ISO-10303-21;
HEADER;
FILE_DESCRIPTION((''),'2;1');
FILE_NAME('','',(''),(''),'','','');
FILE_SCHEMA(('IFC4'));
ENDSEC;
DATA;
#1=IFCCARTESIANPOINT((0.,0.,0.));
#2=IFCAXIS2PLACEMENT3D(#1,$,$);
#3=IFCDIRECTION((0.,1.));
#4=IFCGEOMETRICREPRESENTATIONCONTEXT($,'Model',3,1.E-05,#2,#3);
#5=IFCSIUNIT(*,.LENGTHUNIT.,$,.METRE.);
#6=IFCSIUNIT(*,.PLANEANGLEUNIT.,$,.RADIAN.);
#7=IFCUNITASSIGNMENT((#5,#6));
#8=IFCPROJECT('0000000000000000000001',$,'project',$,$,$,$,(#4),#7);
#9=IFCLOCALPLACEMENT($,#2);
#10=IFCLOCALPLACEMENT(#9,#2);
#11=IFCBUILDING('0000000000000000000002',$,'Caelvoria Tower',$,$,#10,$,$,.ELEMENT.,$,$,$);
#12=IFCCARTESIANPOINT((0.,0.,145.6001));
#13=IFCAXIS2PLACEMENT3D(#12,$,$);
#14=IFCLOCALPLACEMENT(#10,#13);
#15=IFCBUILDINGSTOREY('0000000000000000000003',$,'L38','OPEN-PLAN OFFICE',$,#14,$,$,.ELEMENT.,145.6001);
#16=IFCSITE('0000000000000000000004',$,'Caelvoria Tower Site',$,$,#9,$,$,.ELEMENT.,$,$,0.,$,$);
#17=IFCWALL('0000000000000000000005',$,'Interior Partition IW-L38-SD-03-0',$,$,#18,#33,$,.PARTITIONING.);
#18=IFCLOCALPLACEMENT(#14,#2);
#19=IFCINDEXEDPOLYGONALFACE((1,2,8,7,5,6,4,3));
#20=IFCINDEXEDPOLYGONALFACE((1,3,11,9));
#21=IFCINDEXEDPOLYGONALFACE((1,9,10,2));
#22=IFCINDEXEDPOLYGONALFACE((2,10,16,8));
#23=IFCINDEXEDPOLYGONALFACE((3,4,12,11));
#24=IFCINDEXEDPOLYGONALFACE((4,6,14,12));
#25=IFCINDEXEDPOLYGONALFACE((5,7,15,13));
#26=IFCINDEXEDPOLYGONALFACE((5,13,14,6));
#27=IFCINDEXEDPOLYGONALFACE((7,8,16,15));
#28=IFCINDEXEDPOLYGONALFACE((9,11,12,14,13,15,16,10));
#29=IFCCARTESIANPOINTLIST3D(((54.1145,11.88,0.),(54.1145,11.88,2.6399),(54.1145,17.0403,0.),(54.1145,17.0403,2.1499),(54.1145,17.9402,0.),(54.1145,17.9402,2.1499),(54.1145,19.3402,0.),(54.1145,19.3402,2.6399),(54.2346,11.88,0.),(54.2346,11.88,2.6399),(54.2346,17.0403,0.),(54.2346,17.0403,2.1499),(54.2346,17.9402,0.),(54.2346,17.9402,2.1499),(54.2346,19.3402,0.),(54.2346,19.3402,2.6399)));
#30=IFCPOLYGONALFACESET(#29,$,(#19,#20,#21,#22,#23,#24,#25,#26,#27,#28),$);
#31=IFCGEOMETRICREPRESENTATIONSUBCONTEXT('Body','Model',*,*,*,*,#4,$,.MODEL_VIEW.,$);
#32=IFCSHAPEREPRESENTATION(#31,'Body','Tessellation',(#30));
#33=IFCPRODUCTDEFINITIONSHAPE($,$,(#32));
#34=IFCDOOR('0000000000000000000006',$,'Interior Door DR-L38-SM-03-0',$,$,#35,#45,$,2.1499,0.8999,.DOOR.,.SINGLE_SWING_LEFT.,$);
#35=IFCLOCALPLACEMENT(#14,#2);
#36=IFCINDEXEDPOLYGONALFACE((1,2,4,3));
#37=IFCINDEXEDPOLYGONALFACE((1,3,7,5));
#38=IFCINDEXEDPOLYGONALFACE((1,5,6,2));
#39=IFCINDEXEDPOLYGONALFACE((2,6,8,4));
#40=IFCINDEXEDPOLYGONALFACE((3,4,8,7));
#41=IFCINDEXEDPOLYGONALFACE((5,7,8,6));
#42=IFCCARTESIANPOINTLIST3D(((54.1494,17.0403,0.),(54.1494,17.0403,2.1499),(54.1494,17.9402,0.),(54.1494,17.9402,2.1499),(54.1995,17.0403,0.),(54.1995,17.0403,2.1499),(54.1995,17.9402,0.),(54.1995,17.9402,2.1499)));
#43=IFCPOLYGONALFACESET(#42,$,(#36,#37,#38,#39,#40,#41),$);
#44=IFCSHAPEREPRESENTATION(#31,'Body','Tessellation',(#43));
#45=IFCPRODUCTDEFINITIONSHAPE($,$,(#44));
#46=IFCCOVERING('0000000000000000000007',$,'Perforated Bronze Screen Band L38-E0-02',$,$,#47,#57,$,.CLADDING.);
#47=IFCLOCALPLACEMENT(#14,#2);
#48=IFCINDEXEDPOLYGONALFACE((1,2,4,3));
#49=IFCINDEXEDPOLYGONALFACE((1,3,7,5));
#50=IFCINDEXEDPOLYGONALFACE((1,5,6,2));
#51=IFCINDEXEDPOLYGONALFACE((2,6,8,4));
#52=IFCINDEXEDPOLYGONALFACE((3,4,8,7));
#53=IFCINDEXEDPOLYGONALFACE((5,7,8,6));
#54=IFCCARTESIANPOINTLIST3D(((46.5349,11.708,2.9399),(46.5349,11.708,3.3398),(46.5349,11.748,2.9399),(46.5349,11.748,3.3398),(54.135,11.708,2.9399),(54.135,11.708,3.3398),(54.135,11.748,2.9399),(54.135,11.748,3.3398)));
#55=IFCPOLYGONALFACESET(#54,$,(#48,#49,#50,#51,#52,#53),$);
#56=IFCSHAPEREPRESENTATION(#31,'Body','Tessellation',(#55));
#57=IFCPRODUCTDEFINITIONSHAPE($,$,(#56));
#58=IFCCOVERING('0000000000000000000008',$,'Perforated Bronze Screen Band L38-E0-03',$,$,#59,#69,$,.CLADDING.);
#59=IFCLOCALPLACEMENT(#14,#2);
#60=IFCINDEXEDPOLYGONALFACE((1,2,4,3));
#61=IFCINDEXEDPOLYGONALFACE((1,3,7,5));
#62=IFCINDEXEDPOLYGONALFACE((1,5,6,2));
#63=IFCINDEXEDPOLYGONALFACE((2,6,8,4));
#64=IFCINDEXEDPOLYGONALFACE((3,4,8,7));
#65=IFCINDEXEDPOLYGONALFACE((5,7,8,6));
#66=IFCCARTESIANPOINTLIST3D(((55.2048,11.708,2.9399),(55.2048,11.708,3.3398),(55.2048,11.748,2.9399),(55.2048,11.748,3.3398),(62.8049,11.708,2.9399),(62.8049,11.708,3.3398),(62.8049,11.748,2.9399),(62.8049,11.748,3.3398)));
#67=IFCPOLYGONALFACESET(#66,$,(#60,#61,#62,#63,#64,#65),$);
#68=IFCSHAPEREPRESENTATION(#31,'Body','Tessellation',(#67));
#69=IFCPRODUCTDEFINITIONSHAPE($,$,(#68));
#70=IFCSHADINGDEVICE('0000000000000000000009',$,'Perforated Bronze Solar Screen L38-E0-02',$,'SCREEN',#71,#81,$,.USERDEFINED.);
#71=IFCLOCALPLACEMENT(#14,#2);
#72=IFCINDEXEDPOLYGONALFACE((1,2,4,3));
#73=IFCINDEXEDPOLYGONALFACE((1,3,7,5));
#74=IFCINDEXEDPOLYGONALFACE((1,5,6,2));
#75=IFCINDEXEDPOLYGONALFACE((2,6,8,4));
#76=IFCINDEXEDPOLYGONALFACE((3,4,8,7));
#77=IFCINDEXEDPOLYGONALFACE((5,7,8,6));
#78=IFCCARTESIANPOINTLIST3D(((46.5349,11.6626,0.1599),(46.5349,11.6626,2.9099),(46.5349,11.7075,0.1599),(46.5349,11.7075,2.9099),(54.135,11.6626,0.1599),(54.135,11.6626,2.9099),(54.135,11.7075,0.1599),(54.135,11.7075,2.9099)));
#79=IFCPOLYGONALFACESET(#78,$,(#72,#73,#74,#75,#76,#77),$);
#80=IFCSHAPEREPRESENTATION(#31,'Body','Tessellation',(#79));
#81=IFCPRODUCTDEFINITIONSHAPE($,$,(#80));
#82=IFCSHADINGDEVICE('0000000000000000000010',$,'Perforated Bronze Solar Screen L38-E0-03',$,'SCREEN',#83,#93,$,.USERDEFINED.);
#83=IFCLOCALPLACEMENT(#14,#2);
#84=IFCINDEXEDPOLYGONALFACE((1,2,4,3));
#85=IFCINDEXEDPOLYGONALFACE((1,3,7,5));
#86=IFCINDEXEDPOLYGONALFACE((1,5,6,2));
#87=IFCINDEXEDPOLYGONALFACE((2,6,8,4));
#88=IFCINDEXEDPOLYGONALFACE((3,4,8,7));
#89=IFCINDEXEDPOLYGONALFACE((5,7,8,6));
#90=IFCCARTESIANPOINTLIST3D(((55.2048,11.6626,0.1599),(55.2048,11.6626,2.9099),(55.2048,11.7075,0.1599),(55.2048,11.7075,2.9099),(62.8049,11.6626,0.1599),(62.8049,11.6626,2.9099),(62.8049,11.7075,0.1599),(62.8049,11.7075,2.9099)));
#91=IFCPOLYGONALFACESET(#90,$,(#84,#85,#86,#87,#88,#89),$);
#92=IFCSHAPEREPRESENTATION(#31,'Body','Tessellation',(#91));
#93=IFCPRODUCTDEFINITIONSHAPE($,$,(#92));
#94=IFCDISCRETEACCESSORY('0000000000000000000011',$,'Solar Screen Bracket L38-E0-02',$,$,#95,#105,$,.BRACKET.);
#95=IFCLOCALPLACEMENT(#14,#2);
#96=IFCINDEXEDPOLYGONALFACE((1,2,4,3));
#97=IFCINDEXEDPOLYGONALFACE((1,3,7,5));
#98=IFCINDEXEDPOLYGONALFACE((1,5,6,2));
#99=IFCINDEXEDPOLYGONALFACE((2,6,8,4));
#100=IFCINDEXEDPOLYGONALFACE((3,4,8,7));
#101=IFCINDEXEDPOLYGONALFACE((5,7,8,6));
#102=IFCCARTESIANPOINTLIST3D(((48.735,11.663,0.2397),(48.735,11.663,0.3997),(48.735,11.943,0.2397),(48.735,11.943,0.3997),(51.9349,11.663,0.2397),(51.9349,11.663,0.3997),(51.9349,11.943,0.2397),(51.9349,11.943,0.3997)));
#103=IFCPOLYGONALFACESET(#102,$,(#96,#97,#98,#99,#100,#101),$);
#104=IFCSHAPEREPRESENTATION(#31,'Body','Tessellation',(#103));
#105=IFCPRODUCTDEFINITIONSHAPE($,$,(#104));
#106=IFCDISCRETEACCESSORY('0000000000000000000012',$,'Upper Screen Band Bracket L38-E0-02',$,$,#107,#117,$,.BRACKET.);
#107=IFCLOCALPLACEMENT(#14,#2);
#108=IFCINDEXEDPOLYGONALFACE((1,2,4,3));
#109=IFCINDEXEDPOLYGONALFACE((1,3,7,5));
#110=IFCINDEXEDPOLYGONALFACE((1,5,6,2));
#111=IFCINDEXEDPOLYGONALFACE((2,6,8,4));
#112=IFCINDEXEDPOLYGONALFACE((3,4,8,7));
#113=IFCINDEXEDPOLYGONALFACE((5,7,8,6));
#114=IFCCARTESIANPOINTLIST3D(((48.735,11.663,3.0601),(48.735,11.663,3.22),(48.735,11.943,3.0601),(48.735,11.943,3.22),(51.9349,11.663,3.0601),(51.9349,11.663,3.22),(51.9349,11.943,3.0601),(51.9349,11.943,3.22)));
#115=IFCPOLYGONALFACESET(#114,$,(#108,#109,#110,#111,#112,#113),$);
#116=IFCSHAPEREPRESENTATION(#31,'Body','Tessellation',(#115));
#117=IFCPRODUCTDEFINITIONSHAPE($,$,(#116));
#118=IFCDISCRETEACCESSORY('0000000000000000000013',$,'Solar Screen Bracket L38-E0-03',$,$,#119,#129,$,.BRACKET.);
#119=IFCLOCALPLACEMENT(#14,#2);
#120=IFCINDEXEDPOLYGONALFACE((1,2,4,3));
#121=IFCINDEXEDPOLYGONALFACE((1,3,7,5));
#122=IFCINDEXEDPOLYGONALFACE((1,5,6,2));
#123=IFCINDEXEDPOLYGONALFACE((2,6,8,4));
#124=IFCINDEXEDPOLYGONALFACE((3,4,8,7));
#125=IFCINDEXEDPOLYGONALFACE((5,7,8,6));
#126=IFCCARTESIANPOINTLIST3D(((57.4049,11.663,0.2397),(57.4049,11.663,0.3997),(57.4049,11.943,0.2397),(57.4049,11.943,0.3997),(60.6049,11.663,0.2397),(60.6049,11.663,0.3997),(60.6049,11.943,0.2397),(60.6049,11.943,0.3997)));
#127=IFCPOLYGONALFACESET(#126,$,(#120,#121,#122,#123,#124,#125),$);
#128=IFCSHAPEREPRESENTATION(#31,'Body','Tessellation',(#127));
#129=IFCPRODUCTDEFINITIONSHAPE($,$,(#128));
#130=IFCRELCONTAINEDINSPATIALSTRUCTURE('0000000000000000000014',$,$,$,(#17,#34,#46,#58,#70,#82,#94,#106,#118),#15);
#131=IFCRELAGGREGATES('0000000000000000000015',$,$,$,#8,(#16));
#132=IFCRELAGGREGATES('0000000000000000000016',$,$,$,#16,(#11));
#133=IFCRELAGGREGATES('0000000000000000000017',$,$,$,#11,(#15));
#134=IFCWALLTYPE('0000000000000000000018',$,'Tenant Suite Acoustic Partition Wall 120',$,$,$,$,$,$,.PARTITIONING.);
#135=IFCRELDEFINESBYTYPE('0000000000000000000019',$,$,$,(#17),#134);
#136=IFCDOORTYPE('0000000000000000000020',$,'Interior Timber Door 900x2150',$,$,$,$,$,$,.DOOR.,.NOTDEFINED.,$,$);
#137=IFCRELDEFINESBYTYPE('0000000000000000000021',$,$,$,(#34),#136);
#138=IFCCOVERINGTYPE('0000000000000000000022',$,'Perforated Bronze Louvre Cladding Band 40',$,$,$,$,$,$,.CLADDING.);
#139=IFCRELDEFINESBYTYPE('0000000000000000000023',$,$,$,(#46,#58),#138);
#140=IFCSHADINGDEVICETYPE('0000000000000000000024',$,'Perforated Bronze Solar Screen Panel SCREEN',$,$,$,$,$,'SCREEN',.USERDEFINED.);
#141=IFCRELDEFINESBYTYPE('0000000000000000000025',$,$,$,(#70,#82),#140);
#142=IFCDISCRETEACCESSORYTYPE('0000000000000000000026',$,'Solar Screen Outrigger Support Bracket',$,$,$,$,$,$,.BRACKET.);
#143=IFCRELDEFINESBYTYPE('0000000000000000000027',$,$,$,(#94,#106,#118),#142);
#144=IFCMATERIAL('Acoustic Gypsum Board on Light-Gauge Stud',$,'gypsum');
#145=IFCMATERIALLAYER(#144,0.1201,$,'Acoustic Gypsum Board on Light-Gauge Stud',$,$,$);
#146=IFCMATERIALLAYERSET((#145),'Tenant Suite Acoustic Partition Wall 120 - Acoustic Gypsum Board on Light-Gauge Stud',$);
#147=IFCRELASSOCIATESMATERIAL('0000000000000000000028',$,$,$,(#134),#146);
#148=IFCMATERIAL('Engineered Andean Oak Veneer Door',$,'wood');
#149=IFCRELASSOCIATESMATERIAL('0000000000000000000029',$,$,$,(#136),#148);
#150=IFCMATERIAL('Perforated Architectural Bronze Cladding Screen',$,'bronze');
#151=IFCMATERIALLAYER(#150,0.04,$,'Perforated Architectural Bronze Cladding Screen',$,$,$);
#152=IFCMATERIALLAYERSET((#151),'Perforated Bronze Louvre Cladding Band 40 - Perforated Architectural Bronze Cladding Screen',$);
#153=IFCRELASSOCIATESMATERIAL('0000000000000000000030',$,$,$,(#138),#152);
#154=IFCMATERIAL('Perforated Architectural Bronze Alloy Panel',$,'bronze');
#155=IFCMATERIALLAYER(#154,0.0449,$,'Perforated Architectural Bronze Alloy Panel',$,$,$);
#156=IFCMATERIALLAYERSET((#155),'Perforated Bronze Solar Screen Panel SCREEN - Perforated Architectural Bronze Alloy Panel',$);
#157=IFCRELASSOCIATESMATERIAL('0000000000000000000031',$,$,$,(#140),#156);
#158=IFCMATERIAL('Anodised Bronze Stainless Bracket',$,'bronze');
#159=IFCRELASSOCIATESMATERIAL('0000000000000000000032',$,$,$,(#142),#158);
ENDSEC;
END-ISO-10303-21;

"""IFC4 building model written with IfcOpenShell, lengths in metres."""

from ifc_helpers import new_model, si_unit, direction, frame, frame_2d, origin, origin_2d, place, context, subcontext, project, spatial, rectangle, extrude, material, layer, layer_set, type_object, element, fill, save


model = new_model("IFC4")

# Units and contexts
model_context = context("Model", 3, precision=1e-05, world=origin(), true_north=direction((0.0, 1.0)))
body_context = subcontext(model_context, "Body", "Model", "MODEL_VIEW")
ifc_project = project(units=[si_unit("LENGTHUNIT", "METRE"), si_unit("PLANEANGLEUNIT", "RADIAN")], contexts=[model_context])

# Site, building, storey
site_placement = place(None, origin())
site = spatial("IfcSite", under=ifc_project, at=site_placement, Name="Caelvoria Tower Site", CompositionType="ELEMENT", RefElevation=0.0)
building_placement = place(site_placement, origin())
building = spatial("IfcBuilding", under=site, at=building_placement, Name="Caelvoria Tower", CompositionType="ELEMENT")
storey_placement = place(building_placement, frame((0.0, 0.0, 145.6001)))
storey = spatial("IfcBuildingStorey", under=building, at=storey_placement, Name="L38", Description="OPEN-PLAN OFFICE", CompositionType="ELEMENT", Elevation=145.6001)

# Wall, opening, door
ifc_material_1 = material(Name="Acoustic Gypsum Board on Light-Gauge Stud", Category="gypsum")
ifc_layer_1 = layer(ifc_material_1, 0.1201, Name="Acoustic Gypsum Board on Light-Gauge Stud")
ifc_layer_set_1 = layer_set([ifc_layer_1], Name="Tenant Suite Acoustic Partition Wall 120 - Acoustic Gypsum Board on Light-Gauge Stud")
wall_type_1 = type_object("IfcWallType", Name="Tenant Suite Acoustic Partition Wall 120", PredefinedType="PARTITIONING", material=ifc_layer_set_1)
ifc_material_2 = material(Name="Engineered Andean Oak Veneer Door", Category="wood")
door_type_1 = type_object("IfcDoorType", Name="Interior Timber Door 900x2150", OperationType="NOTDEFINED", PredefinedType="DOOR", material=ifc_material_2)
wall_1_placement = place(storey_placement, frame((54.1746, 19.3401, 0.0), z_axis=(0.0, 0.0, 1.0), x_axis=(0.0, -1.0, 0.0)))
wall_1 = element("IfcWall", 1, at=wall_1_placement, inside=storey, type_object=wall_type_1, Name="Interior Partition IW-L38-SD-03-0", PredefinedType="PARTITIONING", context=body_context, shape_type="SweptSolid", body=[
    extrude(rectangle(XDim=7.4602, YDim=0.1201, at=frame_2d((3.73, 0.0))), origin(), (0.0, 0.0, 1.0), 2.6399),
])
opening_1_placement = place(wall_1_placement, frame((1.3999, 0.0, 0.0)))
opening_1 = element("IfcOpeningElement", 2, at=opening_1_placement, cuts=wall_1, PredefinedType="OPENING", context=body_context, shape_type="SweptSolid", body=[
    extrude(rectangle(XDim=0.8999, YDim=2.1499, at=frame_2d((0.45, 1.075))), frame((0.0, 0.0701, 0.0), z_axis=(0.0, -1.0, 0.0), x_axis=(1.0, 0.0, 0.0)), (0.0, 0.0, 1.0), 0.1401),
])
door_1_placement = place(opening_1_placement, origin())
door_1 = element("IfcDoor", 3, at=door_1_placement, inside=storey, type_object=door_type_1, Name="Interior Door DR-L38-SM-03-0", OperationType="SINGLE_SWING_LEFT", OverallHeight=2.1499, OverallWidth=0.8999, PredefinedType="DOOR", context=body_context, shape_type="SweptSolid", body=[
    extrude(rectangle(XDim=0.8999, YDim=2.1499, at=frame_2d((0.45, 1.075))), frame((0.0, 0.0249, 0.0), z_axis=(0.0, -1.0, 0.0), x_axis=(1.0, 0.0, 0.0)), (0.0, 0.0, 1.0), 0.05),
])
fill(opening_1, door_1)

# Coverings
ifc_material_3 = material(Name="Perforated Architectural Bronze Cladding Screen", Category="bronze")
ifc_layer_2 = layer(ifc_material_3, 0.04, Name="Perforated Architectural Bronze Cladding Screen")
ifc_layer_set_2 = layer_set([ifc_layer_2], Name="Perforated Bronze Louvre Cladding Band 40 - Perforated Architectural Bronze Cladding Screen")
covering_type = type_object("IfcCoveringType", Name="Perforated Bronze Louvre Cladding Band 40", PredefinedType="CLADDING", material=ifc_layer_set_2)
for number, where, z_axis, x_axis, name in (
    (4, (50.335, 11.728, 2.9399), (0.0, 0.0, 1.0), (1.0, 0.0, 0.0), "Perforated Bronze Screen Band L38-E0-02"),
    (5, (59.0049, 11.728, 2.9399), (0.0, 0.0, 1.0), (1.0, 0.0, 0.0), "Perforated Bronze Screen Band L38-E0-03"),
):
    element("IfcCovering", number, at=place(storey_placement, frame(where, z_axis=z_axis, x_axis=x_axis)), inside=storey, type_object=covering_type, Name=name, PredefinedType="CLADDING", context=body_context, shape_type="SweptSolid", body=[
        extrude(rectangle(XDim=7.6001, YDim=0.04, at=origin_2d()), origin(), (0.0, 0.0, 1.0), 0.3999),
    ])

# Shading devices
ifc_material_4 = material(Name="Perforated Architectural Bronze Alloy Panel", Category="bronze")
ifc_layer_3 = layer(ifc_material_4, 0.0449, Name="Perforated Architectural Bronze Alloy Panel")
ifc_layer_set_3 = layer_set([ifc_layer_3], Name="Perforated Bronze Solar Screen Panel SCREEN - Perforated Architectural Bronze Alloy Panel")
shading_device_type = type_object("IfcShadingDeviceType", Name="Perforated Bronze Solar Screen Panel SCREEN", ElementType="SCREEN", PredefinedType="USERDEFINED", material=ifc_layer_set_3)
for number, where, z_axis, x_axis, name in (
    (6, (50.335, 11.6851, 0.1599), (0.0, 0.0, 1.0), (1.0, 0.0, 0.0), "Perforated Bronze Solar Screen L38-E0-02"),
    (7, (59.0049, 11.6851, 0.1599), (0.0, 0.0, 1.0), (1.0, 0.0, 0.0), "Perforated Bronze Solar Screen L38-E0-03"),
):
    element("IfcShadingDevice", number, at=place(storey_placement, frame(where, z_axis=z_axis, x_axis=x_axis)), inside=storey, type_object=shading_device_type, Name=name, ObjectType="SCREEN", PredefinedType="USERDEFINED", context=body_context, shape_type="SweptSolid", body=[
        extrude(rectangle(XDim=7.6001, YDim=0.0449, at=origin_2d()), origin(), (0.0, 0.0, 1.0), 2.75),
    ])

# Discrete accessories
ifc_material_5 = material(Name="Anodised Bronze Stainless Bracket", Category="bronze")
discrete_accessory_type = type_object("IfcDiscreteAccessoryType", Name="Solar Screen Outrigger Support Bracket", PredefinedType="BRACKET", material=ifc_material_5)
for number, where, z_axis, x_axis, name in (
    (8, (50.335, 11.803, 0.2397), (0.0, 0.0, 1.0), (1.0, 0.0, 0.0), "Solar Screen Bracket L38-E0-02"),
    (9, (50.335, 11.803, 3.0601), (0.0, 0.0, 1.0), (1.0, 0.0, 0.0), "Upper Screen Band Bracket L38-E0-02"),
    (10, (59.0049, 11.803, 0.2397), (0.0, 0.0, 1.0), (1.0, 0.0, 0.0), "Solar Screen Bracket L38-E0-03"),
):
    element("IfcDiscreteAccessory", number, at=place(storey_placement, frame(where, z_axis=z_axis, x_axis=x_axis)), inside=storey, type_object=discrete_accessory_type, Name=name, PredefinedType="BRACKET", context=body_context, shape_type="SweptSolid", body=[
        extrude(rectangle(XDim=3.2, YDim=0.28, at=origin_2d()), origin(), (0.0, 0.0, 1.0), 0.1599),
    ])

save(model, "model.ifc")
